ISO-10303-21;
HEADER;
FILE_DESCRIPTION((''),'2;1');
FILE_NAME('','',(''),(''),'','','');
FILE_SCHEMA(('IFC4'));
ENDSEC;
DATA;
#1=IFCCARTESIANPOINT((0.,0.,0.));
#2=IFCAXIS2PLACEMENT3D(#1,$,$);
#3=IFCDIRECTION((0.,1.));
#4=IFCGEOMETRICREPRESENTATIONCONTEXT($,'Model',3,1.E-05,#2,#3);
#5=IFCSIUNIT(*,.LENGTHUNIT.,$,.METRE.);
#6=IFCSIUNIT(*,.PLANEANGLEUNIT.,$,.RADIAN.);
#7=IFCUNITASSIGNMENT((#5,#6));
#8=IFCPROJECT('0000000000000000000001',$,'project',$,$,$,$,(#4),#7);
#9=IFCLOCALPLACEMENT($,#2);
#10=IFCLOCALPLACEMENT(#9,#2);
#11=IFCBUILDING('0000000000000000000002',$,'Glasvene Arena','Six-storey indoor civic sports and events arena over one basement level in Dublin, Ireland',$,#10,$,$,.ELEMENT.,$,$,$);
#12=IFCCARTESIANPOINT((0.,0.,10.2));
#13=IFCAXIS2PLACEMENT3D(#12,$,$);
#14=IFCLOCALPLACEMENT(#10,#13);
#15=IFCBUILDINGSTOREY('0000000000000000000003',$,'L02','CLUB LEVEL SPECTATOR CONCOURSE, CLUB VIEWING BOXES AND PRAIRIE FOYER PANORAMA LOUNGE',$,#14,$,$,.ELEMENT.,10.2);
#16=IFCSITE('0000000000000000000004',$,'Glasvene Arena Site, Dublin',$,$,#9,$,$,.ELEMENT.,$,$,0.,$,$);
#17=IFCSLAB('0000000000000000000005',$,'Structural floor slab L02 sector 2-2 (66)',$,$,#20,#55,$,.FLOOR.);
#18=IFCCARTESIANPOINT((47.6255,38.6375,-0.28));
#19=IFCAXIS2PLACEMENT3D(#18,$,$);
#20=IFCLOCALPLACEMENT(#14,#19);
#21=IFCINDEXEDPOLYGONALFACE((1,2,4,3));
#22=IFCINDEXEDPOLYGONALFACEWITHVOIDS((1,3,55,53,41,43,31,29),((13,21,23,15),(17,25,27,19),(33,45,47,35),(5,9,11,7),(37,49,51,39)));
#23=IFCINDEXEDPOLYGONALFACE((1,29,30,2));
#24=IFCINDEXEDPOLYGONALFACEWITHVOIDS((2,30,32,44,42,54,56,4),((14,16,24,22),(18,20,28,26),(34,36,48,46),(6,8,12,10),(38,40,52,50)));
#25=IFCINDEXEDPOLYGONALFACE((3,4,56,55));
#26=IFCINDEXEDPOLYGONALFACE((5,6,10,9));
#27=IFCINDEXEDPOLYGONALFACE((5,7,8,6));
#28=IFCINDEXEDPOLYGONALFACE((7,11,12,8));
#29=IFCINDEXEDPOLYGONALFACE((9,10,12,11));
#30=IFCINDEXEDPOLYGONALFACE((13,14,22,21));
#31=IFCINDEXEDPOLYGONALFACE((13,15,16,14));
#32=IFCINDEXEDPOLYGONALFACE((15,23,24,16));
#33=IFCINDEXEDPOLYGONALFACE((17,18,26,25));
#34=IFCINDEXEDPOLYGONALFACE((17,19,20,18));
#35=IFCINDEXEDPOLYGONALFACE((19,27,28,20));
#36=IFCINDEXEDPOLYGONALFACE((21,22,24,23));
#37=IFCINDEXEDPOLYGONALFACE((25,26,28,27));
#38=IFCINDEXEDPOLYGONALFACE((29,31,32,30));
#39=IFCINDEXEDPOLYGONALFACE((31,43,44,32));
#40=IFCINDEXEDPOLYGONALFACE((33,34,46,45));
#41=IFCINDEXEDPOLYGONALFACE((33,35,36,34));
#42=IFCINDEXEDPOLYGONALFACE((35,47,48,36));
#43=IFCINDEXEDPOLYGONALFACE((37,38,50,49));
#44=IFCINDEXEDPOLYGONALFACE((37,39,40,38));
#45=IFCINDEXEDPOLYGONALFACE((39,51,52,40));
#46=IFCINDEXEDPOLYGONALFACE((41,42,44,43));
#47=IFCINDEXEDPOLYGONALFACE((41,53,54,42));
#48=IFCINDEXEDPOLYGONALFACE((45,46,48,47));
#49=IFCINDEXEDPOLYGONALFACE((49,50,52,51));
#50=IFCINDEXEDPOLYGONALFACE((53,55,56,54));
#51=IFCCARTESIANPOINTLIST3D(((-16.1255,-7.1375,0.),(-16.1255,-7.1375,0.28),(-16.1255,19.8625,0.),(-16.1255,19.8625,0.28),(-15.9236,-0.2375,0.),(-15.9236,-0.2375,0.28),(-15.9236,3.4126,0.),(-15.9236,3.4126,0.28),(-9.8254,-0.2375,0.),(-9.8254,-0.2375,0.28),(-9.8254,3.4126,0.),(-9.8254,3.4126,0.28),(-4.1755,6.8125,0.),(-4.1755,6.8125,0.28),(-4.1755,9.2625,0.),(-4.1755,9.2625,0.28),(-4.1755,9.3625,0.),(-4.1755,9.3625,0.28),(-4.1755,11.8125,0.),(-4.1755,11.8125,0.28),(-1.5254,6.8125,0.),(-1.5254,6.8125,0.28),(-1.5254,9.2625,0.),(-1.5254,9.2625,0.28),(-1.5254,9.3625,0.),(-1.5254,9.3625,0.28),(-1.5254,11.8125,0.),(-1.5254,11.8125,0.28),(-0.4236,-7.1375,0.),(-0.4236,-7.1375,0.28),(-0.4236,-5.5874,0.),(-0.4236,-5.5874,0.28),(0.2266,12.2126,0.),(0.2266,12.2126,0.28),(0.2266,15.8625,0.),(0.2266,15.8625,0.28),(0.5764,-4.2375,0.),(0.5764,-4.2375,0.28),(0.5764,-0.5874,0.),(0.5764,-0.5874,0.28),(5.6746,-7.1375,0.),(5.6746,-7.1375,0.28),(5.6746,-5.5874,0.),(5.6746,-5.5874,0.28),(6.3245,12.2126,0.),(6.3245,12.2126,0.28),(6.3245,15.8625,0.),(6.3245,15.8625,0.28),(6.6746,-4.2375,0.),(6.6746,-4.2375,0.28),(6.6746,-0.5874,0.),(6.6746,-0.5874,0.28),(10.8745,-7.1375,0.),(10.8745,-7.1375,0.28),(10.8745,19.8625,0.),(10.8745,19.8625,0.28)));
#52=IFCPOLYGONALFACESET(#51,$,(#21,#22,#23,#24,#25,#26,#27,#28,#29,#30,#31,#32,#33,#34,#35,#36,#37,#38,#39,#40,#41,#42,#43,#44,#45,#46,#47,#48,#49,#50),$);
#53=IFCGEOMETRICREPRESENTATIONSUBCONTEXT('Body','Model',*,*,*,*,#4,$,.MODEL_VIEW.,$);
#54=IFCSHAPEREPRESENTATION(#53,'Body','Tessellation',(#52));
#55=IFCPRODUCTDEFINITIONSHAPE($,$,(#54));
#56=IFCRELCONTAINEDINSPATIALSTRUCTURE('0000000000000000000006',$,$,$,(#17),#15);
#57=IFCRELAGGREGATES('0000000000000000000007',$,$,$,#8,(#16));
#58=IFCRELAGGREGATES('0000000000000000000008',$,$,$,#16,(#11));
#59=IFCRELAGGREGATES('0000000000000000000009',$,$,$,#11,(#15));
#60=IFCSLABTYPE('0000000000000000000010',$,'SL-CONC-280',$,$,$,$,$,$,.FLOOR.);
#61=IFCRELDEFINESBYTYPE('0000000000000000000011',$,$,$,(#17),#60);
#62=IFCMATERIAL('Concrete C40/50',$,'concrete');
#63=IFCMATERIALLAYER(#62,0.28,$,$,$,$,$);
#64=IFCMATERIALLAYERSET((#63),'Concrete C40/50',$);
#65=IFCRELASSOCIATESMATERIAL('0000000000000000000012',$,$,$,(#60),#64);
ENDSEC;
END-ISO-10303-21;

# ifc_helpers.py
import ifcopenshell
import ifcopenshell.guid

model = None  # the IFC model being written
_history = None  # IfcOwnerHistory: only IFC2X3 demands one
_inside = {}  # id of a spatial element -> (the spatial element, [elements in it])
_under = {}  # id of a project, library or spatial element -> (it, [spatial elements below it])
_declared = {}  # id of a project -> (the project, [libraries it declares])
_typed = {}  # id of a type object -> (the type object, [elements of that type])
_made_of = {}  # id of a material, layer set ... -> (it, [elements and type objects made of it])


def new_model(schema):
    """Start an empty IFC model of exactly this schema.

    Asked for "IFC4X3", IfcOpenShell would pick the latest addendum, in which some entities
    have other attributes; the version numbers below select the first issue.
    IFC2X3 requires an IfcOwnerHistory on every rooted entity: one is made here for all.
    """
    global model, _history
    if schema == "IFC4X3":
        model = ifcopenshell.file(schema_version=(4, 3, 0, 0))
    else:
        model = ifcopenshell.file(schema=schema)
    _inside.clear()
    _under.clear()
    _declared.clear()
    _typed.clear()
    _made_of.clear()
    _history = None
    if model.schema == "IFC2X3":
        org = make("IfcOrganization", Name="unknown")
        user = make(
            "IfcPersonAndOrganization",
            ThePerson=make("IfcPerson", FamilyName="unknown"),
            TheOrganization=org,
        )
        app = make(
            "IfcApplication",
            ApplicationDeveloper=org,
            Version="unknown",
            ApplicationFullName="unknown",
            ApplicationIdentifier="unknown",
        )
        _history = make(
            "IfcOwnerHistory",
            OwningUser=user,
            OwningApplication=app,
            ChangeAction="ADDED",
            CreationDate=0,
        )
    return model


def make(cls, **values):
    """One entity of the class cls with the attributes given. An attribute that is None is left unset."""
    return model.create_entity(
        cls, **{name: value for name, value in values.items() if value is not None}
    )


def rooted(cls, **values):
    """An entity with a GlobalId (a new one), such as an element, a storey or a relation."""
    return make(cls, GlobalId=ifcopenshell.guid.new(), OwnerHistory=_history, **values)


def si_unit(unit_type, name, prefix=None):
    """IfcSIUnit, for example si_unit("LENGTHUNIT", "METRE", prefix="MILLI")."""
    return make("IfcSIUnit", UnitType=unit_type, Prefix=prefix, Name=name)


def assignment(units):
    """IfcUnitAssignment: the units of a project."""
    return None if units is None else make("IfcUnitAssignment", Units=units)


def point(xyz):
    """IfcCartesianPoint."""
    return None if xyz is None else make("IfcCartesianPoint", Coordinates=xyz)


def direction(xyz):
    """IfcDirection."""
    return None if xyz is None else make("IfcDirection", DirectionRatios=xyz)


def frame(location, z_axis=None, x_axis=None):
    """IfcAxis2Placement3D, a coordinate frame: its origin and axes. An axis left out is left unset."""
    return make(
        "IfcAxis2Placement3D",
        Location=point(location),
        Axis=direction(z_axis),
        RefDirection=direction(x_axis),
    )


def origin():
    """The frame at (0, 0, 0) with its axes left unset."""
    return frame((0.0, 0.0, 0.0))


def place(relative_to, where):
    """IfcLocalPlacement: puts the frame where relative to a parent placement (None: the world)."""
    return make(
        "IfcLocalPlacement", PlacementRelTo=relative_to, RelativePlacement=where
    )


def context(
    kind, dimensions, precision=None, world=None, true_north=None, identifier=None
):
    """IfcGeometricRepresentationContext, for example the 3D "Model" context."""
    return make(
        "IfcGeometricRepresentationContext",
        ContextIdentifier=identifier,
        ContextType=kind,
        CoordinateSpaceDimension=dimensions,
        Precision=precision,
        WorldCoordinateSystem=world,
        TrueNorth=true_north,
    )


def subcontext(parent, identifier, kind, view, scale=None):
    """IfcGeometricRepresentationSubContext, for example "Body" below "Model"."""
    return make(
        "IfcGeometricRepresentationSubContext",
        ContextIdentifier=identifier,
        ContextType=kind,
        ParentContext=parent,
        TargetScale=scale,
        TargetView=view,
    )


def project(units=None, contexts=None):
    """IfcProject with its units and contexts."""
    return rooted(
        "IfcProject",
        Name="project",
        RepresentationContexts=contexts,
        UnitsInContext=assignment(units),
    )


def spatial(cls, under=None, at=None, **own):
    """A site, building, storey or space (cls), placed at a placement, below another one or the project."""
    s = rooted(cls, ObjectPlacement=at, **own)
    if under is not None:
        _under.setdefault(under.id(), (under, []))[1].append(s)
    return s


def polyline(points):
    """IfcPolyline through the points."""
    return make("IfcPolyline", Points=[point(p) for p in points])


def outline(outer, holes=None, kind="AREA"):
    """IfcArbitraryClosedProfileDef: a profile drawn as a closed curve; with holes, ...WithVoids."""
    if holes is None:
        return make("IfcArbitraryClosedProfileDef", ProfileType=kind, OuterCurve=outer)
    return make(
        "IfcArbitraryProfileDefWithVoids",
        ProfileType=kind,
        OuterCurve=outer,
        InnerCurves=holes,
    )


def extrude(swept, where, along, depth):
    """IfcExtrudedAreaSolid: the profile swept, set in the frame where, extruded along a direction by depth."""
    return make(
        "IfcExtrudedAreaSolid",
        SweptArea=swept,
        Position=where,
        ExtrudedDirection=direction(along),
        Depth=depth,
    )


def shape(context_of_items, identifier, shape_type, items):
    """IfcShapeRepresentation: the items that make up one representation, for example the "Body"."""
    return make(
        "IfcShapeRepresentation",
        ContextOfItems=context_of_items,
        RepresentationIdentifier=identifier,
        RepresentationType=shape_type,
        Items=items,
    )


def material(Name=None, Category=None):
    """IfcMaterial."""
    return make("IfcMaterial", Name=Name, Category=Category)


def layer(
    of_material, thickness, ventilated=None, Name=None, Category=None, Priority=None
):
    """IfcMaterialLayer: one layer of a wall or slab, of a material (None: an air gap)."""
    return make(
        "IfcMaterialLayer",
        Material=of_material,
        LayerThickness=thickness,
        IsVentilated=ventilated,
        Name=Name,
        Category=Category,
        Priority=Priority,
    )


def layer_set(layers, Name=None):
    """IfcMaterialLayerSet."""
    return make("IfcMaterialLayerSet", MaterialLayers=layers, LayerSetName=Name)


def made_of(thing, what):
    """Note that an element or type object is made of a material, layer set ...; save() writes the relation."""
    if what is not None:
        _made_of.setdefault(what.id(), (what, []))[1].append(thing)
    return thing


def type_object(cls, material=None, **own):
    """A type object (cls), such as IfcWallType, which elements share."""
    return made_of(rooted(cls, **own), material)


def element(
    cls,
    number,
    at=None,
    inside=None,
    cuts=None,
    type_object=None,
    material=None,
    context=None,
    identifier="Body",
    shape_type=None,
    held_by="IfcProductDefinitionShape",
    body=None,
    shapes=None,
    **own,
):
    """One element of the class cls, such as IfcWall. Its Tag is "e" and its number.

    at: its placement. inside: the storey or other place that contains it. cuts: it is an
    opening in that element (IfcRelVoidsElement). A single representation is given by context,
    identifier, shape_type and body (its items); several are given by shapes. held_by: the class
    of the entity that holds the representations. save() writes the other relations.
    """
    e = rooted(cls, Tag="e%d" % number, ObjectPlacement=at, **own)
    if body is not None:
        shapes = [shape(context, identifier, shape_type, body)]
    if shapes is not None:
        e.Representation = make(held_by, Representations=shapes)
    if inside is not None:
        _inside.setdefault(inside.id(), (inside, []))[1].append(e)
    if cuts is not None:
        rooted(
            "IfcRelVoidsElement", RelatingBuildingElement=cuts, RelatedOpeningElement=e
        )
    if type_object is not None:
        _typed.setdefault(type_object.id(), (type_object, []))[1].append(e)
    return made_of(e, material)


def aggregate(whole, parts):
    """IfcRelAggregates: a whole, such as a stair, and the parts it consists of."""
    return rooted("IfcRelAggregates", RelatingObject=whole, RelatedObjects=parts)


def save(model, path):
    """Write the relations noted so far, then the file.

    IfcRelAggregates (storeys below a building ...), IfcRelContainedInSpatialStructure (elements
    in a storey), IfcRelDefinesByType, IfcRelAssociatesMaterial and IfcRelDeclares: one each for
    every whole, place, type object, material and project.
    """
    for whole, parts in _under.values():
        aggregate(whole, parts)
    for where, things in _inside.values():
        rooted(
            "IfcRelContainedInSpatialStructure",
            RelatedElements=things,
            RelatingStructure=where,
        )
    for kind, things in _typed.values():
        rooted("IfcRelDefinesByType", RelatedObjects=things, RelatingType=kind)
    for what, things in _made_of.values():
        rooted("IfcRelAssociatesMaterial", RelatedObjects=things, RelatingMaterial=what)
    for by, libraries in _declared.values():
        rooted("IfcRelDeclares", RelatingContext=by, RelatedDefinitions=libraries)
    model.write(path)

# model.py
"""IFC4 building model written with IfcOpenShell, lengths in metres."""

from ifc_helpers import new_model, si_unit, direction, frame, origin, place, context, subcontext, project, spatial, polyline, outline, extrude, material, layer, layer_set, type_object, element, save


model = new_model("IFC4")

# Units and contexts
model_context = context("Model", 3, precision=1e-05, world=origin(), true_north=direction((0.0, 1.0)))
body_context = subcontext(model_context, "Body", "Model", "MODEL_VIEW")
ifc_project = project(units=[si_unit("LENGTHUNIT", "METRE"), si_unit("PLANEANGLEUNIT", "RADIAN")], contexts=[model_context])

# Site, building, storey
site_placement = place(None, origin())
site = spatial("IfcSite", under=ifc_project, at=site_placement, Name="Glasvene Arena Site, Dublin", CompositionType="ELEMENT", RefElevation=0.0)
building_placement = place(site_placement, origin())
building = spatial("IfcBuilding", under=site, at=building_placement, Name="Glasvene Arena", Description="Six-storey indoor civic sports and events arena over one basement level in Dublin, Ireland", CompositionType="ELEMENT")
storey_placement = place(building_placement, frame((0.0, 0.0, 10.2)))
storey = spatial("IfcBuildingStorey", under=building, at=storey_placement, Name="L02", Description="CLUB LEVEL SPECTATOR CONCOURSE, CLUB VIEWING BOXES AND PRAIRIE FOYER PANORAMA LOUNGE", CompositionType="ELEMENT", Elevation=10.2)

# Slab
ifc_material_1 = material(Name="Concrete C40/50", Category="concrete")
ifc_layer_1 = layer(ifc_material_1, 0.28)
ifc_layer_set_1 = layer_set([ifc_layer_1], Name="Concrete C40/50")
slab_type_1 = type_object("IfcSlabType", Name="SL-CONC-280", PredefinedType="FLOOR", material=ifc_layer_set_1)
slab_1_placement = place(storey_placement, frame((47.6255, 38.6375, -0.28)))
element("IfcSlab", 1, at=slab_1_placement, inside=storey, type_object=slab_type_1, Name="Structural floor slab L02 sector 2-2 (66)", PredefinedType="FLOOR", context=body_context, shape_type="SweptSolid", body=[
    extrude(outline(polyline([(-16.1255, 19.8625), (10.8745, 19.8625), (10.8745, -7.1375), (5.6746, -7.1375), (5.6746, -5.5874), (-0.4236, -5.5874), (-0.4236, -7.1375), (-16.1255, -7.1375), (-16.1255, 19.8625)]), holes=[polyline([(-9.8254, -0.2375), (-9.8254, 3.4126), (-15.9236, 3.4126), (-15.9236, -0.2375), (-9.8254, -0.2375)]), polyline([(-1.5254, 6.8125), (-1.5254, 9.2625), (-4.1755, 9.2625), (-4.1755, 6.8125), (-1.5254, 6.8125)]), polyline([(-1.5254, 11.8125), (-4.1755, 11.8125), (-4.1755, 9.3625), (-1.5254, 9.3625), (-1.5254, 11.8125)]), polyline([(6.3245, 12.2126), (6.3245, 15.8625), (0.2266, 15.8625), (0.2266, 12.2126), (6.3245, 12.2126)]), polyline([(6.6746, -4.2375), (6.6746, -0.5874), (0.5764, -0.5874), (0.5764, -4.2375), (6.6746, -4.2375)])]), origin(), (0.0, 0.0, 1.0), 0.28),
])

save(model, "model.ifc")
